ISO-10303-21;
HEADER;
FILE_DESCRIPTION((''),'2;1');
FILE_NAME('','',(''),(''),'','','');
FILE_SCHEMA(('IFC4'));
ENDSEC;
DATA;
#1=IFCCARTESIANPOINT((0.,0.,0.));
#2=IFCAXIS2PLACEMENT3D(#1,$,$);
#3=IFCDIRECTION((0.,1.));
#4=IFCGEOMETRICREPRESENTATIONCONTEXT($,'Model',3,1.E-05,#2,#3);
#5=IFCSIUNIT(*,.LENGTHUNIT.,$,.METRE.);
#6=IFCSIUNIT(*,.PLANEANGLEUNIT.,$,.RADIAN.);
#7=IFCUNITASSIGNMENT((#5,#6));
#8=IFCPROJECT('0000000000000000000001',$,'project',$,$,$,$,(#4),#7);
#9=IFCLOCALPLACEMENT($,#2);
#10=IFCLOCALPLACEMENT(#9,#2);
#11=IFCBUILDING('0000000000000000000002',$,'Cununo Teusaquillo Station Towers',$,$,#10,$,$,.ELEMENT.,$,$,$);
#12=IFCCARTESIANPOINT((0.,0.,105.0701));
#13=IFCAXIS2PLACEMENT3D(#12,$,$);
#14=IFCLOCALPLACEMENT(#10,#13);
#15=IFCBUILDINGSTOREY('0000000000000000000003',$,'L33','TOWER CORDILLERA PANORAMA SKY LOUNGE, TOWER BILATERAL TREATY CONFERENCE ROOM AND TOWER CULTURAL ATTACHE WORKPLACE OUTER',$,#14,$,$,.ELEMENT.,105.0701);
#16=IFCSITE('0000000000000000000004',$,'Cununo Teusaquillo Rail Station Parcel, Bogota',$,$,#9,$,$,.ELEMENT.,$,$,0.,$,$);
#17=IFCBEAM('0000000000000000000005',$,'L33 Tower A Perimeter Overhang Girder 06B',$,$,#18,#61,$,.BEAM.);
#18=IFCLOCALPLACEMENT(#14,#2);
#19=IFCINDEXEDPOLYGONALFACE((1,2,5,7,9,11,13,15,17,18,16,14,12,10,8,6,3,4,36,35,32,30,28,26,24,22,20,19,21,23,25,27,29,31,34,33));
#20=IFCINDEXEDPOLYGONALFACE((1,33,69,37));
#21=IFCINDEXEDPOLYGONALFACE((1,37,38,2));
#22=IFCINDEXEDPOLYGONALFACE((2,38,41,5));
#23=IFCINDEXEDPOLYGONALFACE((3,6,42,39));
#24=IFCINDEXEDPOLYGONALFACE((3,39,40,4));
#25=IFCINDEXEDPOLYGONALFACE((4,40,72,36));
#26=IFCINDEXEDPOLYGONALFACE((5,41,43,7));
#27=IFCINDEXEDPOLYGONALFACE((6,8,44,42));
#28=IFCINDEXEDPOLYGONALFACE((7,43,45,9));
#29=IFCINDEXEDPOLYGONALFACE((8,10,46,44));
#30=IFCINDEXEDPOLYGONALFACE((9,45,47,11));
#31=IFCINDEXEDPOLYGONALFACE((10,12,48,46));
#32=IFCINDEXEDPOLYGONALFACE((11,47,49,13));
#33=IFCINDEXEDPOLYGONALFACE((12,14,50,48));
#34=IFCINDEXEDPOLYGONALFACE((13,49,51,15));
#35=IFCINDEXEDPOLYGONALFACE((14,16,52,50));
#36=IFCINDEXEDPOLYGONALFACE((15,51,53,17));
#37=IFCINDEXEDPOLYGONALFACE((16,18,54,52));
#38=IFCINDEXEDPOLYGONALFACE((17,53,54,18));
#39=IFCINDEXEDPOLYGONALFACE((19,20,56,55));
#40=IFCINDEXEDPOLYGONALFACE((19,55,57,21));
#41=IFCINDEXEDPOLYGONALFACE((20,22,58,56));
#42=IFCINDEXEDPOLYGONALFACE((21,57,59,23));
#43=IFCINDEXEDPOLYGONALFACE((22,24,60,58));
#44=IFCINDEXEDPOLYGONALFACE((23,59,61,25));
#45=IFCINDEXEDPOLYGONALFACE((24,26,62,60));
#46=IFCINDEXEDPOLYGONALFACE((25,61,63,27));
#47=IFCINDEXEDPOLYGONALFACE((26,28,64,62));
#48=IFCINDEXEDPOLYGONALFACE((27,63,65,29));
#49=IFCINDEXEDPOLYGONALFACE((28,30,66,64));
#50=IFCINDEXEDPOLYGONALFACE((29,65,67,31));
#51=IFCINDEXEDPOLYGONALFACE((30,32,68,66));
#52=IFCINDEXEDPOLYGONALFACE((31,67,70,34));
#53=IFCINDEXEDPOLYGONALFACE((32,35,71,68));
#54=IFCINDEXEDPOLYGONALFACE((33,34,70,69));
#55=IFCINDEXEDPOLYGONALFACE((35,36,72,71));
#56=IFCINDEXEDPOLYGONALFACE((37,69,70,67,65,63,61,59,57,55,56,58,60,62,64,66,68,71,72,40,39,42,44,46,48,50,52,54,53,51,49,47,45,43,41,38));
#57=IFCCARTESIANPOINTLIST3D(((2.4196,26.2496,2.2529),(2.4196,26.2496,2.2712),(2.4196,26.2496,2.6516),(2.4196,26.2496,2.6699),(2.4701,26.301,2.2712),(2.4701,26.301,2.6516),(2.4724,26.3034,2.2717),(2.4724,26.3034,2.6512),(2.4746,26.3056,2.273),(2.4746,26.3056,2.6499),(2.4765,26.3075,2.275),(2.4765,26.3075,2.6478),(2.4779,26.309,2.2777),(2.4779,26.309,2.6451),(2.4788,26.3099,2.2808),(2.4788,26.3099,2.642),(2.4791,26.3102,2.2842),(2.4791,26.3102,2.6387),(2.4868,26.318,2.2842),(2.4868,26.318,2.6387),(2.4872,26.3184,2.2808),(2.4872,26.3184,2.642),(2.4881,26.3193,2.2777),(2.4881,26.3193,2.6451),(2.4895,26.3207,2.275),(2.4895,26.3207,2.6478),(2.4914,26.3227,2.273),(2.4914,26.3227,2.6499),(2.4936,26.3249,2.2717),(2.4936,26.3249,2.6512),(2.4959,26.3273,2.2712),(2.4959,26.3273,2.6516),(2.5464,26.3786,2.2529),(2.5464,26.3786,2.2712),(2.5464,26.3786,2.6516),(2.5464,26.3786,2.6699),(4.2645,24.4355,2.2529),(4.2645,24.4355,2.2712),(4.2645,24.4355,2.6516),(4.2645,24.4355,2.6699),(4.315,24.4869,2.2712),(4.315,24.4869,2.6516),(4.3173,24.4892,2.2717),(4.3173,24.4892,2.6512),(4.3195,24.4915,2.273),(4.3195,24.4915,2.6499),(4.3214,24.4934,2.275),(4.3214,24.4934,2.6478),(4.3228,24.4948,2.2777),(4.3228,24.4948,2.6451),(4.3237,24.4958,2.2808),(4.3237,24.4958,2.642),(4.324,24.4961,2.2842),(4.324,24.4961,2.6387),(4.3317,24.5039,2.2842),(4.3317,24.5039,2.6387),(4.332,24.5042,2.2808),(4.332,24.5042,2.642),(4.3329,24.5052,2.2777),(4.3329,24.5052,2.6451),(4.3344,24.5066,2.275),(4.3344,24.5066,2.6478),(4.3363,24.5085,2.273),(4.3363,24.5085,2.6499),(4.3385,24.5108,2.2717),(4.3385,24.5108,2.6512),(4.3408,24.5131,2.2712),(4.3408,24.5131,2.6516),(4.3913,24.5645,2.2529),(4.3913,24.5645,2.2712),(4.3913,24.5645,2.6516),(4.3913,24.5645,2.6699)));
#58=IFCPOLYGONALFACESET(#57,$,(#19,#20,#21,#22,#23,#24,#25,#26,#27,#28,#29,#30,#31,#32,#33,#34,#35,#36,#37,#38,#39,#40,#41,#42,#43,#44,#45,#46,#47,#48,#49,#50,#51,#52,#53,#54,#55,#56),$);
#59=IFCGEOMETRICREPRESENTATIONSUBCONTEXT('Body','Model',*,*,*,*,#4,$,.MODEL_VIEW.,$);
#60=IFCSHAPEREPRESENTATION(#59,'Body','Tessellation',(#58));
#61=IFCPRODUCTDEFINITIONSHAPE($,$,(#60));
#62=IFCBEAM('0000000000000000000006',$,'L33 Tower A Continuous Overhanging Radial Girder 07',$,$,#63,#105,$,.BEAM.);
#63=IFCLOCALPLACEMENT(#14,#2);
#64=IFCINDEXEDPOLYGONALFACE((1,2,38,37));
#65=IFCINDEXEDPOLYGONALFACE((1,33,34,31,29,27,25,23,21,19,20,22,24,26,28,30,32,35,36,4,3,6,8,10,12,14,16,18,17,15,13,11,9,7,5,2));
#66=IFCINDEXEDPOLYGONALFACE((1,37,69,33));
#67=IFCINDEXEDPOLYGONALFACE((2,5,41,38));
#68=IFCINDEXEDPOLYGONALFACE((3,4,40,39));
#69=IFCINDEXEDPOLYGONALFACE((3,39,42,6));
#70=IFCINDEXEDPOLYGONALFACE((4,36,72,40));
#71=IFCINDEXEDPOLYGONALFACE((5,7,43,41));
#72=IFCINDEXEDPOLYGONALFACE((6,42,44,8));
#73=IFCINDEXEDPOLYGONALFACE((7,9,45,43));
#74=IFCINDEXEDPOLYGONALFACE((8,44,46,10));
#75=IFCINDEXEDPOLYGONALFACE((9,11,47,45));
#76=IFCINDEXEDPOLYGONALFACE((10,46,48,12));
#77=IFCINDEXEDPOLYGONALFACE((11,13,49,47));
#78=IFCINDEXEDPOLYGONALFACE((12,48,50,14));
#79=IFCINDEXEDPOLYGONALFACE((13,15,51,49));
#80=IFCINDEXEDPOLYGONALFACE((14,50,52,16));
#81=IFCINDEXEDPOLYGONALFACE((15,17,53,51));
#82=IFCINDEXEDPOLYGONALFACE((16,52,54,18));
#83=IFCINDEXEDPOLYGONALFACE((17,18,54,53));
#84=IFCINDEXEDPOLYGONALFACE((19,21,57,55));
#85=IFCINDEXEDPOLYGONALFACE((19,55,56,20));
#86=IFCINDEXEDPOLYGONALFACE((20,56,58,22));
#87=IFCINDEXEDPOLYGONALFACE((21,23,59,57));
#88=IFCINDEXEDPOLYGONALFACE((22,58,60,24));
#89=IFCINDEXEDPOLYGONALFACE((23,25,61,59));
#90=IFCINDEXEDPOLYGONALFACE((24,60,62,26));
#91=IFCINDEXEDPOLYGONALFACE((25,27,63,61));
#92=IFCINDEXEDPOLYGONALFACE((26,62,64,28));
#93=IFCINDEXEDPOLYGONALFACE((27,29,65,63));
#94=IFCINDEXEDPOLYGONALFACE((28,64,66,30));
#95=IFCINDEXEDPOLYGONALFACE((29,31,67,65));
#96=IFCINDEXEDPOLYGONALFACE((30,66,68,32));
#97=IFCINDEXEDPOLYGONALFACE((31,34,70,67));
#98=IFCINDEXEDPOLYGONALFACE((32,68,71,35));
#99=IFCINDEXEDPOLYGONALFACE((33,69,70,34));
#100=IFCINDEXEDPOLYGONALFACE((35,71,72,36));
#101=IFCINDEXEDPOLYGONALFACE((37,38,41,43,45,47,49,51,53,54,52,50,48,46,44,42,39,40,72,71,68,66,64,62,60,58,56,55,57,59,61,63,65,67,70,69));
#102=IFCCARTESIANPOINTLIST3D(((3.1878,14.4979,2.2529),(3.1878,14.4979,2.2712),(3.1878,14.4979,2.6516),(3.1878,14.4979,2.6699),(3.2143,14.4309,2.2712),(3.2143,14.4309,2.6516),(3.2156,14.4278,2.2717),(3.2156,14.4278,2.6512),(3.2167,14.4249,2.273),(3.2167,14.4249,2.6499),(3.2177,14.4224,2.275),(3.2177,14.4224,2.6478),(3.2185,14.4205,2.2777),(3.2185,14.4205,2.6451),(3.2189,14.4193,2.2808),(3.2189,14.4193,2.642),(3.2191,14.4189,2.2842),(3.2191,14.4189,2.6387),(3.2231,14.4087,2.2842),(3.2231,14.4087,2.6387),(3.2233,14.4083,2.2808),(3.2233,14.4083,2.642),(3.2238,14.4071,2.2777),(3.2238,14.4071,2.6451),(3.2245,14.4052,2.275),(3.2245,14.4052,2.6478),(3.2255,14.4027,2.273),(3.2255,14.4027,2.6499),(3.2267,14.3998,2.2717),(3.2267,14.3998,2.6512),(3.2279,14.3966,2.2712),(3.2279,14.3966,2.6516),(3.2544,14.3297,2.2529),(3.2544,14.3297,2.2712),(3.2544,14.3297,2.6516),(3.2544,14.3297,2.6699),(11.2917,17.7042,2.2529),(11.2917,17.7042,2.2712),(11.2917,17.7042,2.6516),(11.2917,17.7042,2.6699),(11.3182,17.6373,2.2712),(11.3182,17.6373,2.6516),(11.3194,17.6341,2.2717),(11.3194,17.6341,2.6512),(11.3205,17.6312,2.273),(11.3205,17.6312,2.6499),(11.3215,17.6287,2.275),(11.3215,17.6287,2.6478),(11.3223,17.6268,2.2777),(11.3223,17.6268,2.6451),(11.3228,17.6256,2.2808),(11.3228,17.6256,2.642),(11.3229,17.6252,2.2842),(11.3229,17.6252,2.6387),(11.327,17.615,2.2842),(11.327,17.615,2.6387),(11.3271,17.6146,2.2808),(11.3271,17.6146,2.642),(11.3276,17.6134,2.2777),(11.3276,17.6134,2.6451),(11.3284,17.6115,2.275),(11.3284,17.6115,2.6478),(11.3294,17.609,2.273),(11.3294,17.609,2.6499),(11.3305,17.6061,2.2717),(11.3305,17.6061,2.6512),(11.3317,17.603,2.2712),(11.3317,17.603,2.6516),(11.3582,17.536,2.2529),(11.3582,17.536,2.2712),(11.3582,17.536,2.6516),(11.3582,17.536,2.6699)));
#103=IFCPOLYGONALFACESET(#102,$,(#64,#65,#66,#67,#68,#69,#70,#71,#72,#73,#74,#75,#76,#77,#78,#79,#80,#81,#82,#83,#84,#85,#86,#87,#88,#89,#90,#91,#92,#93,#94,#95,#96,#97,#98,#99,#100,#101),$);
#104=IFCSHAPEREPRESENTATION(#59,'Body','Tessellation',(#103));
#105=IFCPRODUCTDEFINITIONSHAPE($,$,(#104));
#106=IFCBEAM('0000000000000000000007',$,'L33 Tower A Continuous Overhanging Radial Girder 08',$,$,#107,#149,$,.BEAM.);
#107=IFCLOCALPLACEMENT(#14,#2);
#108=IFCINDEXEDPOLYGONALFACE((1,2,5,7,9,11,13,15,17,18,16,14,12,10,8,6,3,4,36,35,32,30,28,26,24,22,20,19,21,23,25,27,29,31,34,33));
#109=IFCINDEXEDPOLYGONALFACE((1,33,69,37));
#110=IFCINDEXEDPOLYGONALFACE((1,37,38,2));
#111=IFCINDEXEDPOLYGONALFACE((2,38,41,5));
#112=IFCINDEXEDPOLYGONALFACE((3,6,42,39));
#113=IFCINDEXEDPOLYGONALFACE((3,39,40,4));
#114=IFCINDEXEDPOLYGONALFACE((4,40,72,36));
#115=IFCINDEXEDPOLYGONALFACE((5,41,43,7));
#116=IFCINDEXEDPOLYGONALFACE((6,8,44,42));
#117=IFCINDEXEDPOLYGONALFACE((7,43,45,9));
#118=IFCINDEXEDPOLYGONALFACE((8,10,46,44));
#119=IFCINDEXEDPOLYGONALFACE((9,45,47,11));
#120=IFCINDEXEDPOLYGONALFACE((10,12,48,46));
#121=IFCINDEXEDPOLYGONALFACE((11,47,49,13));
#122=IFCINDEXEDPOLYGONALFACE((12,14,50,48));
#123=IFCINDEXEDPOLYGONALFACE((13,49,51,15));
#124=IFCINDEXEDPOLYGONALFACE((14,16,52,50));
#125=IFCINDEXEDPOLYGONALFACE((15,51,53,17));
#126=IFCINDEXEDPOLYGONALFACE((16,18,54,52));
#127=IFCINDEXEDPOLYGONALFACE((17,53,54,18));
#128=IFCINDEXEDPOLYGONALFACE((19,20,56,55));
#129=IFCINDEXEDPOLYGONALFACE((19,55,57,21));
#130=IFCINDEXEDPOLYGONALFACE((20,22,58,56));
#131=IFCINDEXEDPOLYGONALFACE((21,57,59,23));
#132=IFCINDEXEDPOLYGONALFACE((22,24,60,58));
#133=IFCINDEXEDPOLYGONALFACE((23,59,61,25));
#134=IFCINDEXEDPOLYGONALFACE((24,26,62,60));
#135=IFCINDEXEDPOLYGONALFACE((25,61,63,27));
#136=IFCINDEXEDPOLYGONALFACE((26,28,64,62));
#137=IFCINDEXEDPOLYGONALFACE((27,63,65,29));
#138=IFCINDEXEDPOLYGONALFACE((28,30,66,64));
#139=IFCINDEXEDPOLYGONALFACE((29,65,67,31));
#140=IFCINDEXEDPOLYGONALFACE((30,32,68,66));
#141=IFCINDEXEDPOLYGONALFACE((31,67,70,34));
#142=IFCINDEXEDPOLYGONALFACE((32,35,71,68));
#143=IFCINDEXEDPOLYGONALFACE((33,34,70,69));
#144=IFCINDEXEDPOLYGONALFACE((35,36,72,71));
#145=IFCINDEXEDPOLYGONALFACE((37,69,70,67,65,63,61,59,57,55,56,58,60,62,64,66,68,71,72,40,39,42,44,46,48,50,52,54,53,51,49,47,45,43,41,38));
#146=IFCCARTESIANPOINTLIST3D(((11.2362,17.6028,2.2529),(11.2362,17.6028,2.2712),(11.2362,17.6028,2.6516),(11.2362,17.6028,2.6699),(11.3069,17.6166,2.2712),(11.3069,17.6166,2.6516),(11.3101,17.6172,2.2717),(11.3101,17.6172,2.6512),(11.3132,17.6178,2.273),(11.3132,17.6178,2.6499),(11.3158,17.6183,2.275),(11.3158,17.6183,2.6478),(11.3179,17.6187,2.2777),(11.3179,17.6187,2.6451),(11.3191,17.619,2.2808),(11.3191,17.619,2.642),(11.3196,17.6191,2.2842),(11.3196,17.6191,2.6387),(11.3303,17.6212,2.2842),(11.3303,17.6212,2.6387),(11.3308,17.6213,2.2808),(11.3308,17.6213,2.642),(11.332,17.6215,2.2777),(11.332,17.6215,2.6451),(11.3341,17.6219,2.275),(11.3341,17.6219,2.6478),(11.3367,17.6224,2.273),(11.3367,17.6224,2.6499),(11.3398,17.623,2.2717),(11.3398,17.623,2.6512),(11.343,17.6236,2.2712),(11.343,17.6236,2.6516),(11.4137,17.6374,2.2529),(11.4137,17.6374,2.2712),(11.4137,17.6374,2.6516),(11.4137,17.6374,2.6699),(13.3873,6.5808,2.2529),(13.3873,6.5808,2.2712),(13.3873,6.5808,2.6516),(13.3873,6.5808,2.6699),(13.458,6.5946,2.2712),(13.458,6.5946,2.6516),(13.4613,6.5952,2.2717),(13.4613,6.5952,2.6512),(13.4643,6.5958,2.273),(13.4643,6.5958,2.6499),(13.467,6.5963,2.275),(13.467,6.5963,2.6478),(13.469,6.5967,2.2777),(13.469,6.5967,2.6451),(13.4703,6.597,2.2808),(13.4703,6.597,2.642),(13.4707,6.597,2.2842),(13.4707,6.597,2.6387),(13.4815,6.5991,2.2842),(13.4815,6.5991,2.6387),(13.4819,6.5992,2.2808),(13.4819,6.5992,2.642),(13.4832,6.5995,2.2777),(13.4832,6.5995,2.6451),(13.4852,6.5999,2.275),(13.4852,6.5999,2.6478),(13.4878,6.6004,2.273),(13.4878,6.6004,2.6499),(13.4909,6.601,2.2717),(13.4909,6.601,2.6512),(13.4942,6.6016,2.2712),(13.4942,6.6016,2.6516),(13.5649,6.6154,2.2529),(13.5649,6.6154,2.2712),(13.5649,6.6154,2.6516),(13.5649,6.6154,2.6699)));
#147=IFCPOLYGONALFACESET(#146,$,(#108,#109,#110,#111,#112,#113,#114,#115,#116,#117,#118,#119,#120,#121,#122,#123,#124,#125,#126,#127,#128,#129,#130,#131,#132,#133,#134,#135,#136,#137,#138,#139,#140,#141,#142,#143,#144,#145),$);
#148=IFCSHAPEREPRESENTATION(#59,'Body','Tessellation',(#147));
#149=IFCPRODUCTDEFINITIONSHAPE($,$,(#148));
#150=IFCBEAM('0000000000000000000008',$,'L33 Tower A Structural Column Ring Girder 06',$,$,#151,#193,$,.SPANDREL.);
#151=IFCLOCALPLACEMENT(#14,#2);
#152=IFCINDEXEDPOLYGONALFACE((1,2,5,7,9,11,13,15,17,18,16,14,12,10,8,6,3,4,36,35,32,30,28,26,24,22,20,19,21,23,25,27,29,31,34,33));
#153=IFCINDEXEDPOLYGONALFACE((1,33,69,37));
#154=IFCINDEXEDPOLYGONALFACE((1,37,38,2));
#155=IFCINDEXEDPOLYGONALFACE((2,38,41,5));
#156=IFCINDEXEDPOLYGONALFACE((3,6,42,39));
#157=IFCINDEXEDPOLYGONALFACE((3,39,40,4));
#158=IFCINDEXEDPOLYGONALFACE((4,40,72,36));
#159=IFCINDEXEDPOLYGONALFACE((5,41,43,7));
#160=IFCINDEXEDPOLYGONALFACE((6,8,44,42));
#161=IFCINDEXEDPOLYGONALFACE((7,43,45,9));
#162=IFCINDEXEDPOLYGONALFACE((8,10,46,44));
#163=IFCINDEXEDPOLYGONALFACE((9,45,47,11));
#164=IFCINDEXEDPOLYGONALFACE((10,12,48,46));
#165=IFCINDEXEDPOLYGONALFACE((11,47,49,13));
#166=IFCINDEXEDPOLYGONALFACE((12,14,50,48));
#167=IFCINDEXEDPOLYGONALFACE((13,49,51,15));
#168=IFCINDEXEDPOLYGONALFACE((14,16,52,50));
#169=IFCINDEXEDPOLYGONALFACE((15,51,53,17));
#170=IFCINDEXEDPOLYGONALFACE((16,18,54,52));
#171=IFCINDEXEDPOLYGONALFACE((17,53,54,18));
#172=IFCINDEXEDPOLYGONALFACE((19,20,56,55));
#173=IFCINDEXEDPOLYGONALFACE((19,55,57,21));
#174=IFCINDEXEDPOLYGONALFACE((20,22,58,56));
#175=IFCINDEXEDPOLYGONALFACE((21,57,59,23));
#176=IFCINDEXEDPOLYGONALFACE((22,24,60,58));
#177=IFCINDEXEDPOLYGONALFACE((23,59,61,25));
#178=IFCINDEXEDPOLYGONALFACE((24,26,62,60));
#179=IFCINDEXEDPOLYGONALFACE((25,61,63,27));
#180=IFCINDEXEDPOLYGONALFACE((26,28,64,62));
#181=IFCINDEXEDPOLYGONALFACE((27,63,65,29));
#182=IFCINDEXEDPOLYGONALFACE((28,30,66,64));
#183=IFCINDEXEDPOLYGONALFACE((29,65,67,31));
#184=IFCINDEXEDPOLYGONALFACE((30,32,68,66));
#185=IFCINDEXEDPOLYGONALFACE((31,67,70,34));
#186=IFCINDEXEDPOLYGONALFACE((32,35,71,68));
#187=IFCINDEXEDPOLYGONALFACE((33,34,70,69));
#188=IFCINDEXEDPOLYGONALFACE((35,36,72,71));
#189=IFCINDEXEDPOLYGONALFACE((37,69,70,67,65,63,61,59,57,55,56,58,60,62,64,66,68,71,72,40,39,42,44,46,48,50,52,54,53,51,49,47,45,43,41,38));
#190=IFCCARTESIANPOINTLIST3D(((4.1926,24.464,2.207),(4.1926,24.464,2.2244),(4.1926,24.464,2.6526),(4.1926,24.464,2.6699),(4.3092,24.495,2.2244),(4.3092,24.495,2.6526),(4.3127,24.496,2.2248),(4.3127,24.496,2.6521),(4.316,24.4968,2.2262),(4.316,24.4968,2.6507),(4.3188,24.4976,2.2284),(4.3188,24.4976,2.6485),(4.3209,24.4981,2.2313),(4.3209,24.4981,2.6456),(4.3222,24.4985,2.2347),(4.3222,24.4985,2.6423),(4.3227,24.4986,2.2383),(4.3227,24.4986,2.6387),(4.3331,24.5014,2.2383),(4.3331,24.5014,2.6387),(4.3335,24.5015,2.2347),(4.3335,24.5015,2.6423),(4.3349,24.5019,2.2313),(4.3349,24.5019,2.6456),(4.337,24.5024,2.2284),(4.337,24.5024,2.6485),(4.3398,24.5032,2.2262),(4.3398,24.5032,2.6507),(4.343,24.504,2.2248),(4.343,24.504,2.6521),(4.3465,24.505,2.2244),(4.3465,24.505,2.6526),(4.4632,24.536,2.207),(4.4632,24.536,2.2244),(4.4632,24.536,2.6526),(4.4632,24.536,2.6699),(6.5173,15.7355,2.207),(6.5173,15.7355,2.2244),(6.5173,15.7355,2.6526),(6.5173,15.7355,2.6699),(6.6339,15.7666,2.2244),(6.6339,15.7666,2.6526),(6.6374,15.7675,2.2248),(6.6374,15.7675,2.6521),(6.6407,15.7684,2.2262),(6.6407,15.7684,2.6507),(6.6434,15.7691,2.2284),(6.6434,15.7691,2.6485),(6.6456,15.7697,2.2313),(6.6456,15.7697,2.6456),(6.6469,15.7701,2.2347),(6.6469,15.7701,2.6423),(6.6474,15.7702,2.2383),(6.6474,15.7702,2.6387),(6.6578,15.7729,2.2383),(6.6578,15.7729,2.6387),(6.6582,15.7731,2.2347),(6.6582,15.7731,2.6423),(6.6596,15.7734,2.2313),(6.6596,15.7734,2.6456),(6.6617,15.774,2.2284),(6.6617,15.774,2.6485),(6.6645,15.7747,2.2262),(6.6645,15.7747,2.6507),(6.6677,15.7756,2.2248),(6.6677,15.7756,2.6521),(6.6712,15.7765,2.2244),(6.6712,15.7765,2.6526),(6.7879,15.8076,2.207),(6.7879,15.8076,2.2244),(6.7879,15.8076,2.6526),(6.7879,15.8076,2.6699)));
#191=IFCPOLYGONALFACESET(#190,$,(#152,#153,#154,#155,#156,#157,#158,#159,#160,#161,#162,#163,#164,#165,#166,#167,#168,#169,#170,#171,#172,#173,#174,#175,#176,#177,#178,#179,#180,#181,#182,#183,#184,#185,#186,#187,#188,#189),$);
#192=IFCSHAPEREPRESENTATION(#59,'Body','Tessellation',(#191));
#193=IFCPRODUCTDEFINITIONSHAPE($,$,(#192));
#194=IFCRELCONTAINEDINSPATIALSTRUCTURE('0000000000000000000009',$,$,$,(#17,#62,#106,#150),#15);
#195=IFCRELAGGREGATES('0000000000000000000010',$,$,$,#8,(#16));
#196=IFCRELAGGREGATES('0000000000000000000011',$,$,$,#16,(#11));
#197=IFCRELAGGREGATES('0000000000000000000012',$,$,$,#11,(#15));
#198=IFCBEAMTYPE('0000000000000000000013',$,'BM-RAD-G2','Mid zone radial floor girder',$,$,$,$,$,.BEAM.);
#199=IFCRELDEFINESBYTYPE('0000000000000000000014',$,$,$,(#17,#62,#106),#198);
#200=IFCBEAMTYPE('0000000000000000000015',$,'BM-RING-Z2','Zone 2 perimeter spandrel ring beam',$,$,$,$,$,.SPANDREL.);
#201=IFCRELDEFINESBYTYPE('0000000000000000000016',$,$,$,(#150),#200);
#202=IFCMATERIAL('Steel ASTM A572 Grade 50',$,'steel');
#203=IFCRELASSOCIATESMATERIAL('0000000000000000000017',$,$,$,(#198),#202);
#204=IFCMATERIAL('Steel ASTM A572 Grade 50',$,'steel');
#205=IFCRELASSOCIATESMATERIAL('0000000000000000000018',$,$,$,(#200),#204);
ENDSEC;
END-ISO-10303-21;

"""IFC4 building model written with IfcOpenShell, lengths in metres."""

from ifc_helpers import new_model, si_unit, direction, frame, origin, origin_2d, place, context, subcontext, project, spatial, i_section, extrude, material, material_profile, profile_set, type_object, element, save


model = new_model("IFC4")

# Units and contexts
model_context = context("Model", 3, precision=1e-05, world=origin(), true_north=direction((0.0, 1.0)))
body_context = subcontext(model_context, "Body", "Model", "MODEL_VIEW")
ifc_project = project(units=[si_unit("LENGTHUNIT", "METRE"), si_unit("PLANEANGLEUNIT", "RADIAN")], contexts=[model_context])

# Site, building, storey
site_placement = place(None, origin())
site = spatial("IfcSite", under=ifc_project, at=site_placement, Name="Cununo Teusaquillo Rail Station Parcel, Bogota", CompositionType="ELEMENT", RefElevation=0.0)
building_placement = place(site_placement, origin())
building = spatial("IfcBuilding", under=site, at=building_placement, Name="Cununo Teusaquillo Station Towers", CompositionType="ELEMENT")
storey_placement = place(building_placement, frame((0.0, 0.0, 105.0701)))
storey = spatial("IfcBuildingStorey", under=building, at=storey_placement, Name="L33", Description="TOWER CORDILLERA PANORAMA SKY LOUNGE, TOWER BILATERAL TREATY CONFERENCE ROOM AND TOWER CULTURAL ATTACHE WORKPLACE OUTER", CompositionType="ELEMENT", Elevation=105.0701)

# Beams
ifc_material_1 = material(Name="Steel ASTM A572 Grade 50", Category="steel")
ifc_material_profile_1 = material_profile(ifc_material_1, i_section(OverallWidth=0.1809, OverallDepth=0.417, WebThickness=0.011, FlangeThickness=0.0183, FilletRadius=0.0129, at=origin_2d()), Name="W16X57")
ifc_profile_set_1 = profile_set([ifc_material_profile_1], Name="Steel ASTM A572 Grade 50")
beam_type_1 = type_object("IfcBeamType", Name="BM-RAD-G2", Description="Mid zone radial floor girder", PredefinedType="BEAM", material=ifc_profile_set_1)
beam_1_placement = place(storey_placement, frame((4.3279, 24.5, 2.4614), z_axis=(-0.713026, 0.701138, 0.0), x_axis=(-0.701138, -0.713026, 0.0)))
element("IfcBeam", 1, at=beam_1_placement, inside=storey, type_object=beam_type_1, Name="L33 Tower A Perimeter Overhang Girder 06B", PredefinedType="BEAM", context=body_context, shape_type="SweptSolid", body=[
    extrude(i_section(OverallWidth=0.1809, OverallDepth=0.417, WebThickness=0.011, FlangeThickness=0.0183, FilletRadius=0.0129, at=origin_2d()), origin(), (0.0, 0.0, 1.0), 2.5874),
])
beam_2_placement = place(storey_placement, frame((11.325, 17.6201, 2.4614), z_axis=(-0.929863, -0.367906, 0.0), x_axis=(0.367906, -0.929863, 0.0)))
element("IfcBeam", 2, at=beam_2_placement, inside=storey, type_object=beam_type_1, Name="L33 Tower A Continuous Overhanging Radial Girder 07", PredefinedType="BEAM", context=body_context, shape_type="SweptSolid", body=[
    extrude(i_section(OverallWidth=0.1809, OverallDepth=0.417, WebThickness=0.011, FlangeThickness=0.0183, FilletRadius=0.0129, at=origin_2d()), origin(), (0.0, 0.0, 1.0), 8.7151),
])
beam_3_placement = place(storey_placement, frame((11.325, 17.6201, 2.4614), z_axis=(0.191553, -0.981482, 0.0), x_axis=(0.981482, 0.191553, 0.0)))
element("IfcBeam", 3, at=beam_3_placement, inside=storey, type_object=beam_type_1, Name="L33 Tower A Continuous Overhanging Radial Girder 08", PredefinedType="BEAM", context=body_context, shape_type="SweptSolid", body=[
    extrude(i_section(OverallWidth=0.1809, OverallDepth=0.417, WebThickness=0.011, FlangeThickness=0.0183, FilletRadius=0.0129, at=origin_2d()), origin(), (0.0, 0.0, 1.0), 11.23),
])
ifc_material_2 = material(Name="Steel ASTM A572 Grade 50", Category="steel")
ifc_material_profile_2 = material_profile(ifc_material_2, i_section(OverallWidth=0.28, OverallDepth=0.4629, WebThickness=0.0107, FlangeThickness=0.0173, FilletRadius=0.0139, at=origin_2d()), Name="W18X76")
ifc_profile_set_2 = profile_set([ifc_material_profile_2], Name="Steel ASTM A572 Grade 50")
beam_type_2 = type_object("IfcBeamType", Name="BM-RING-Z2", Description="Zone 2 perimeter spandrel ring beam", PredefinedType="SPANDREL", material=ifc_profile_set_2)
beam_4_placement = place(storey_placement, frame((4.3279, 24.5, 2.4385), z_axis=(0.257363, -0.966315, 0.0), x_axis=(0.966315, 0.257363, 0.0)))
element("IfcBeam", 4, at=beam_4_placement, inside=storey, type_object=beam_type_2, Name="L33 Tower A Structural Column Ring Girder 06", PredefinedType="SPANDREL", context=body_context, shape_type="SweptSolid", body=[
    extrude(i_section(OverallWidth=0.28, OverallDepth=0.4629, WebThickness=0.0107, FlangeThickness=0.0173, FilletRadius=0.0139, at=origin_2d()), origin(), (0.0, 0.0, 1.0), 9.0327),
])

save(model, "model.ifc")
